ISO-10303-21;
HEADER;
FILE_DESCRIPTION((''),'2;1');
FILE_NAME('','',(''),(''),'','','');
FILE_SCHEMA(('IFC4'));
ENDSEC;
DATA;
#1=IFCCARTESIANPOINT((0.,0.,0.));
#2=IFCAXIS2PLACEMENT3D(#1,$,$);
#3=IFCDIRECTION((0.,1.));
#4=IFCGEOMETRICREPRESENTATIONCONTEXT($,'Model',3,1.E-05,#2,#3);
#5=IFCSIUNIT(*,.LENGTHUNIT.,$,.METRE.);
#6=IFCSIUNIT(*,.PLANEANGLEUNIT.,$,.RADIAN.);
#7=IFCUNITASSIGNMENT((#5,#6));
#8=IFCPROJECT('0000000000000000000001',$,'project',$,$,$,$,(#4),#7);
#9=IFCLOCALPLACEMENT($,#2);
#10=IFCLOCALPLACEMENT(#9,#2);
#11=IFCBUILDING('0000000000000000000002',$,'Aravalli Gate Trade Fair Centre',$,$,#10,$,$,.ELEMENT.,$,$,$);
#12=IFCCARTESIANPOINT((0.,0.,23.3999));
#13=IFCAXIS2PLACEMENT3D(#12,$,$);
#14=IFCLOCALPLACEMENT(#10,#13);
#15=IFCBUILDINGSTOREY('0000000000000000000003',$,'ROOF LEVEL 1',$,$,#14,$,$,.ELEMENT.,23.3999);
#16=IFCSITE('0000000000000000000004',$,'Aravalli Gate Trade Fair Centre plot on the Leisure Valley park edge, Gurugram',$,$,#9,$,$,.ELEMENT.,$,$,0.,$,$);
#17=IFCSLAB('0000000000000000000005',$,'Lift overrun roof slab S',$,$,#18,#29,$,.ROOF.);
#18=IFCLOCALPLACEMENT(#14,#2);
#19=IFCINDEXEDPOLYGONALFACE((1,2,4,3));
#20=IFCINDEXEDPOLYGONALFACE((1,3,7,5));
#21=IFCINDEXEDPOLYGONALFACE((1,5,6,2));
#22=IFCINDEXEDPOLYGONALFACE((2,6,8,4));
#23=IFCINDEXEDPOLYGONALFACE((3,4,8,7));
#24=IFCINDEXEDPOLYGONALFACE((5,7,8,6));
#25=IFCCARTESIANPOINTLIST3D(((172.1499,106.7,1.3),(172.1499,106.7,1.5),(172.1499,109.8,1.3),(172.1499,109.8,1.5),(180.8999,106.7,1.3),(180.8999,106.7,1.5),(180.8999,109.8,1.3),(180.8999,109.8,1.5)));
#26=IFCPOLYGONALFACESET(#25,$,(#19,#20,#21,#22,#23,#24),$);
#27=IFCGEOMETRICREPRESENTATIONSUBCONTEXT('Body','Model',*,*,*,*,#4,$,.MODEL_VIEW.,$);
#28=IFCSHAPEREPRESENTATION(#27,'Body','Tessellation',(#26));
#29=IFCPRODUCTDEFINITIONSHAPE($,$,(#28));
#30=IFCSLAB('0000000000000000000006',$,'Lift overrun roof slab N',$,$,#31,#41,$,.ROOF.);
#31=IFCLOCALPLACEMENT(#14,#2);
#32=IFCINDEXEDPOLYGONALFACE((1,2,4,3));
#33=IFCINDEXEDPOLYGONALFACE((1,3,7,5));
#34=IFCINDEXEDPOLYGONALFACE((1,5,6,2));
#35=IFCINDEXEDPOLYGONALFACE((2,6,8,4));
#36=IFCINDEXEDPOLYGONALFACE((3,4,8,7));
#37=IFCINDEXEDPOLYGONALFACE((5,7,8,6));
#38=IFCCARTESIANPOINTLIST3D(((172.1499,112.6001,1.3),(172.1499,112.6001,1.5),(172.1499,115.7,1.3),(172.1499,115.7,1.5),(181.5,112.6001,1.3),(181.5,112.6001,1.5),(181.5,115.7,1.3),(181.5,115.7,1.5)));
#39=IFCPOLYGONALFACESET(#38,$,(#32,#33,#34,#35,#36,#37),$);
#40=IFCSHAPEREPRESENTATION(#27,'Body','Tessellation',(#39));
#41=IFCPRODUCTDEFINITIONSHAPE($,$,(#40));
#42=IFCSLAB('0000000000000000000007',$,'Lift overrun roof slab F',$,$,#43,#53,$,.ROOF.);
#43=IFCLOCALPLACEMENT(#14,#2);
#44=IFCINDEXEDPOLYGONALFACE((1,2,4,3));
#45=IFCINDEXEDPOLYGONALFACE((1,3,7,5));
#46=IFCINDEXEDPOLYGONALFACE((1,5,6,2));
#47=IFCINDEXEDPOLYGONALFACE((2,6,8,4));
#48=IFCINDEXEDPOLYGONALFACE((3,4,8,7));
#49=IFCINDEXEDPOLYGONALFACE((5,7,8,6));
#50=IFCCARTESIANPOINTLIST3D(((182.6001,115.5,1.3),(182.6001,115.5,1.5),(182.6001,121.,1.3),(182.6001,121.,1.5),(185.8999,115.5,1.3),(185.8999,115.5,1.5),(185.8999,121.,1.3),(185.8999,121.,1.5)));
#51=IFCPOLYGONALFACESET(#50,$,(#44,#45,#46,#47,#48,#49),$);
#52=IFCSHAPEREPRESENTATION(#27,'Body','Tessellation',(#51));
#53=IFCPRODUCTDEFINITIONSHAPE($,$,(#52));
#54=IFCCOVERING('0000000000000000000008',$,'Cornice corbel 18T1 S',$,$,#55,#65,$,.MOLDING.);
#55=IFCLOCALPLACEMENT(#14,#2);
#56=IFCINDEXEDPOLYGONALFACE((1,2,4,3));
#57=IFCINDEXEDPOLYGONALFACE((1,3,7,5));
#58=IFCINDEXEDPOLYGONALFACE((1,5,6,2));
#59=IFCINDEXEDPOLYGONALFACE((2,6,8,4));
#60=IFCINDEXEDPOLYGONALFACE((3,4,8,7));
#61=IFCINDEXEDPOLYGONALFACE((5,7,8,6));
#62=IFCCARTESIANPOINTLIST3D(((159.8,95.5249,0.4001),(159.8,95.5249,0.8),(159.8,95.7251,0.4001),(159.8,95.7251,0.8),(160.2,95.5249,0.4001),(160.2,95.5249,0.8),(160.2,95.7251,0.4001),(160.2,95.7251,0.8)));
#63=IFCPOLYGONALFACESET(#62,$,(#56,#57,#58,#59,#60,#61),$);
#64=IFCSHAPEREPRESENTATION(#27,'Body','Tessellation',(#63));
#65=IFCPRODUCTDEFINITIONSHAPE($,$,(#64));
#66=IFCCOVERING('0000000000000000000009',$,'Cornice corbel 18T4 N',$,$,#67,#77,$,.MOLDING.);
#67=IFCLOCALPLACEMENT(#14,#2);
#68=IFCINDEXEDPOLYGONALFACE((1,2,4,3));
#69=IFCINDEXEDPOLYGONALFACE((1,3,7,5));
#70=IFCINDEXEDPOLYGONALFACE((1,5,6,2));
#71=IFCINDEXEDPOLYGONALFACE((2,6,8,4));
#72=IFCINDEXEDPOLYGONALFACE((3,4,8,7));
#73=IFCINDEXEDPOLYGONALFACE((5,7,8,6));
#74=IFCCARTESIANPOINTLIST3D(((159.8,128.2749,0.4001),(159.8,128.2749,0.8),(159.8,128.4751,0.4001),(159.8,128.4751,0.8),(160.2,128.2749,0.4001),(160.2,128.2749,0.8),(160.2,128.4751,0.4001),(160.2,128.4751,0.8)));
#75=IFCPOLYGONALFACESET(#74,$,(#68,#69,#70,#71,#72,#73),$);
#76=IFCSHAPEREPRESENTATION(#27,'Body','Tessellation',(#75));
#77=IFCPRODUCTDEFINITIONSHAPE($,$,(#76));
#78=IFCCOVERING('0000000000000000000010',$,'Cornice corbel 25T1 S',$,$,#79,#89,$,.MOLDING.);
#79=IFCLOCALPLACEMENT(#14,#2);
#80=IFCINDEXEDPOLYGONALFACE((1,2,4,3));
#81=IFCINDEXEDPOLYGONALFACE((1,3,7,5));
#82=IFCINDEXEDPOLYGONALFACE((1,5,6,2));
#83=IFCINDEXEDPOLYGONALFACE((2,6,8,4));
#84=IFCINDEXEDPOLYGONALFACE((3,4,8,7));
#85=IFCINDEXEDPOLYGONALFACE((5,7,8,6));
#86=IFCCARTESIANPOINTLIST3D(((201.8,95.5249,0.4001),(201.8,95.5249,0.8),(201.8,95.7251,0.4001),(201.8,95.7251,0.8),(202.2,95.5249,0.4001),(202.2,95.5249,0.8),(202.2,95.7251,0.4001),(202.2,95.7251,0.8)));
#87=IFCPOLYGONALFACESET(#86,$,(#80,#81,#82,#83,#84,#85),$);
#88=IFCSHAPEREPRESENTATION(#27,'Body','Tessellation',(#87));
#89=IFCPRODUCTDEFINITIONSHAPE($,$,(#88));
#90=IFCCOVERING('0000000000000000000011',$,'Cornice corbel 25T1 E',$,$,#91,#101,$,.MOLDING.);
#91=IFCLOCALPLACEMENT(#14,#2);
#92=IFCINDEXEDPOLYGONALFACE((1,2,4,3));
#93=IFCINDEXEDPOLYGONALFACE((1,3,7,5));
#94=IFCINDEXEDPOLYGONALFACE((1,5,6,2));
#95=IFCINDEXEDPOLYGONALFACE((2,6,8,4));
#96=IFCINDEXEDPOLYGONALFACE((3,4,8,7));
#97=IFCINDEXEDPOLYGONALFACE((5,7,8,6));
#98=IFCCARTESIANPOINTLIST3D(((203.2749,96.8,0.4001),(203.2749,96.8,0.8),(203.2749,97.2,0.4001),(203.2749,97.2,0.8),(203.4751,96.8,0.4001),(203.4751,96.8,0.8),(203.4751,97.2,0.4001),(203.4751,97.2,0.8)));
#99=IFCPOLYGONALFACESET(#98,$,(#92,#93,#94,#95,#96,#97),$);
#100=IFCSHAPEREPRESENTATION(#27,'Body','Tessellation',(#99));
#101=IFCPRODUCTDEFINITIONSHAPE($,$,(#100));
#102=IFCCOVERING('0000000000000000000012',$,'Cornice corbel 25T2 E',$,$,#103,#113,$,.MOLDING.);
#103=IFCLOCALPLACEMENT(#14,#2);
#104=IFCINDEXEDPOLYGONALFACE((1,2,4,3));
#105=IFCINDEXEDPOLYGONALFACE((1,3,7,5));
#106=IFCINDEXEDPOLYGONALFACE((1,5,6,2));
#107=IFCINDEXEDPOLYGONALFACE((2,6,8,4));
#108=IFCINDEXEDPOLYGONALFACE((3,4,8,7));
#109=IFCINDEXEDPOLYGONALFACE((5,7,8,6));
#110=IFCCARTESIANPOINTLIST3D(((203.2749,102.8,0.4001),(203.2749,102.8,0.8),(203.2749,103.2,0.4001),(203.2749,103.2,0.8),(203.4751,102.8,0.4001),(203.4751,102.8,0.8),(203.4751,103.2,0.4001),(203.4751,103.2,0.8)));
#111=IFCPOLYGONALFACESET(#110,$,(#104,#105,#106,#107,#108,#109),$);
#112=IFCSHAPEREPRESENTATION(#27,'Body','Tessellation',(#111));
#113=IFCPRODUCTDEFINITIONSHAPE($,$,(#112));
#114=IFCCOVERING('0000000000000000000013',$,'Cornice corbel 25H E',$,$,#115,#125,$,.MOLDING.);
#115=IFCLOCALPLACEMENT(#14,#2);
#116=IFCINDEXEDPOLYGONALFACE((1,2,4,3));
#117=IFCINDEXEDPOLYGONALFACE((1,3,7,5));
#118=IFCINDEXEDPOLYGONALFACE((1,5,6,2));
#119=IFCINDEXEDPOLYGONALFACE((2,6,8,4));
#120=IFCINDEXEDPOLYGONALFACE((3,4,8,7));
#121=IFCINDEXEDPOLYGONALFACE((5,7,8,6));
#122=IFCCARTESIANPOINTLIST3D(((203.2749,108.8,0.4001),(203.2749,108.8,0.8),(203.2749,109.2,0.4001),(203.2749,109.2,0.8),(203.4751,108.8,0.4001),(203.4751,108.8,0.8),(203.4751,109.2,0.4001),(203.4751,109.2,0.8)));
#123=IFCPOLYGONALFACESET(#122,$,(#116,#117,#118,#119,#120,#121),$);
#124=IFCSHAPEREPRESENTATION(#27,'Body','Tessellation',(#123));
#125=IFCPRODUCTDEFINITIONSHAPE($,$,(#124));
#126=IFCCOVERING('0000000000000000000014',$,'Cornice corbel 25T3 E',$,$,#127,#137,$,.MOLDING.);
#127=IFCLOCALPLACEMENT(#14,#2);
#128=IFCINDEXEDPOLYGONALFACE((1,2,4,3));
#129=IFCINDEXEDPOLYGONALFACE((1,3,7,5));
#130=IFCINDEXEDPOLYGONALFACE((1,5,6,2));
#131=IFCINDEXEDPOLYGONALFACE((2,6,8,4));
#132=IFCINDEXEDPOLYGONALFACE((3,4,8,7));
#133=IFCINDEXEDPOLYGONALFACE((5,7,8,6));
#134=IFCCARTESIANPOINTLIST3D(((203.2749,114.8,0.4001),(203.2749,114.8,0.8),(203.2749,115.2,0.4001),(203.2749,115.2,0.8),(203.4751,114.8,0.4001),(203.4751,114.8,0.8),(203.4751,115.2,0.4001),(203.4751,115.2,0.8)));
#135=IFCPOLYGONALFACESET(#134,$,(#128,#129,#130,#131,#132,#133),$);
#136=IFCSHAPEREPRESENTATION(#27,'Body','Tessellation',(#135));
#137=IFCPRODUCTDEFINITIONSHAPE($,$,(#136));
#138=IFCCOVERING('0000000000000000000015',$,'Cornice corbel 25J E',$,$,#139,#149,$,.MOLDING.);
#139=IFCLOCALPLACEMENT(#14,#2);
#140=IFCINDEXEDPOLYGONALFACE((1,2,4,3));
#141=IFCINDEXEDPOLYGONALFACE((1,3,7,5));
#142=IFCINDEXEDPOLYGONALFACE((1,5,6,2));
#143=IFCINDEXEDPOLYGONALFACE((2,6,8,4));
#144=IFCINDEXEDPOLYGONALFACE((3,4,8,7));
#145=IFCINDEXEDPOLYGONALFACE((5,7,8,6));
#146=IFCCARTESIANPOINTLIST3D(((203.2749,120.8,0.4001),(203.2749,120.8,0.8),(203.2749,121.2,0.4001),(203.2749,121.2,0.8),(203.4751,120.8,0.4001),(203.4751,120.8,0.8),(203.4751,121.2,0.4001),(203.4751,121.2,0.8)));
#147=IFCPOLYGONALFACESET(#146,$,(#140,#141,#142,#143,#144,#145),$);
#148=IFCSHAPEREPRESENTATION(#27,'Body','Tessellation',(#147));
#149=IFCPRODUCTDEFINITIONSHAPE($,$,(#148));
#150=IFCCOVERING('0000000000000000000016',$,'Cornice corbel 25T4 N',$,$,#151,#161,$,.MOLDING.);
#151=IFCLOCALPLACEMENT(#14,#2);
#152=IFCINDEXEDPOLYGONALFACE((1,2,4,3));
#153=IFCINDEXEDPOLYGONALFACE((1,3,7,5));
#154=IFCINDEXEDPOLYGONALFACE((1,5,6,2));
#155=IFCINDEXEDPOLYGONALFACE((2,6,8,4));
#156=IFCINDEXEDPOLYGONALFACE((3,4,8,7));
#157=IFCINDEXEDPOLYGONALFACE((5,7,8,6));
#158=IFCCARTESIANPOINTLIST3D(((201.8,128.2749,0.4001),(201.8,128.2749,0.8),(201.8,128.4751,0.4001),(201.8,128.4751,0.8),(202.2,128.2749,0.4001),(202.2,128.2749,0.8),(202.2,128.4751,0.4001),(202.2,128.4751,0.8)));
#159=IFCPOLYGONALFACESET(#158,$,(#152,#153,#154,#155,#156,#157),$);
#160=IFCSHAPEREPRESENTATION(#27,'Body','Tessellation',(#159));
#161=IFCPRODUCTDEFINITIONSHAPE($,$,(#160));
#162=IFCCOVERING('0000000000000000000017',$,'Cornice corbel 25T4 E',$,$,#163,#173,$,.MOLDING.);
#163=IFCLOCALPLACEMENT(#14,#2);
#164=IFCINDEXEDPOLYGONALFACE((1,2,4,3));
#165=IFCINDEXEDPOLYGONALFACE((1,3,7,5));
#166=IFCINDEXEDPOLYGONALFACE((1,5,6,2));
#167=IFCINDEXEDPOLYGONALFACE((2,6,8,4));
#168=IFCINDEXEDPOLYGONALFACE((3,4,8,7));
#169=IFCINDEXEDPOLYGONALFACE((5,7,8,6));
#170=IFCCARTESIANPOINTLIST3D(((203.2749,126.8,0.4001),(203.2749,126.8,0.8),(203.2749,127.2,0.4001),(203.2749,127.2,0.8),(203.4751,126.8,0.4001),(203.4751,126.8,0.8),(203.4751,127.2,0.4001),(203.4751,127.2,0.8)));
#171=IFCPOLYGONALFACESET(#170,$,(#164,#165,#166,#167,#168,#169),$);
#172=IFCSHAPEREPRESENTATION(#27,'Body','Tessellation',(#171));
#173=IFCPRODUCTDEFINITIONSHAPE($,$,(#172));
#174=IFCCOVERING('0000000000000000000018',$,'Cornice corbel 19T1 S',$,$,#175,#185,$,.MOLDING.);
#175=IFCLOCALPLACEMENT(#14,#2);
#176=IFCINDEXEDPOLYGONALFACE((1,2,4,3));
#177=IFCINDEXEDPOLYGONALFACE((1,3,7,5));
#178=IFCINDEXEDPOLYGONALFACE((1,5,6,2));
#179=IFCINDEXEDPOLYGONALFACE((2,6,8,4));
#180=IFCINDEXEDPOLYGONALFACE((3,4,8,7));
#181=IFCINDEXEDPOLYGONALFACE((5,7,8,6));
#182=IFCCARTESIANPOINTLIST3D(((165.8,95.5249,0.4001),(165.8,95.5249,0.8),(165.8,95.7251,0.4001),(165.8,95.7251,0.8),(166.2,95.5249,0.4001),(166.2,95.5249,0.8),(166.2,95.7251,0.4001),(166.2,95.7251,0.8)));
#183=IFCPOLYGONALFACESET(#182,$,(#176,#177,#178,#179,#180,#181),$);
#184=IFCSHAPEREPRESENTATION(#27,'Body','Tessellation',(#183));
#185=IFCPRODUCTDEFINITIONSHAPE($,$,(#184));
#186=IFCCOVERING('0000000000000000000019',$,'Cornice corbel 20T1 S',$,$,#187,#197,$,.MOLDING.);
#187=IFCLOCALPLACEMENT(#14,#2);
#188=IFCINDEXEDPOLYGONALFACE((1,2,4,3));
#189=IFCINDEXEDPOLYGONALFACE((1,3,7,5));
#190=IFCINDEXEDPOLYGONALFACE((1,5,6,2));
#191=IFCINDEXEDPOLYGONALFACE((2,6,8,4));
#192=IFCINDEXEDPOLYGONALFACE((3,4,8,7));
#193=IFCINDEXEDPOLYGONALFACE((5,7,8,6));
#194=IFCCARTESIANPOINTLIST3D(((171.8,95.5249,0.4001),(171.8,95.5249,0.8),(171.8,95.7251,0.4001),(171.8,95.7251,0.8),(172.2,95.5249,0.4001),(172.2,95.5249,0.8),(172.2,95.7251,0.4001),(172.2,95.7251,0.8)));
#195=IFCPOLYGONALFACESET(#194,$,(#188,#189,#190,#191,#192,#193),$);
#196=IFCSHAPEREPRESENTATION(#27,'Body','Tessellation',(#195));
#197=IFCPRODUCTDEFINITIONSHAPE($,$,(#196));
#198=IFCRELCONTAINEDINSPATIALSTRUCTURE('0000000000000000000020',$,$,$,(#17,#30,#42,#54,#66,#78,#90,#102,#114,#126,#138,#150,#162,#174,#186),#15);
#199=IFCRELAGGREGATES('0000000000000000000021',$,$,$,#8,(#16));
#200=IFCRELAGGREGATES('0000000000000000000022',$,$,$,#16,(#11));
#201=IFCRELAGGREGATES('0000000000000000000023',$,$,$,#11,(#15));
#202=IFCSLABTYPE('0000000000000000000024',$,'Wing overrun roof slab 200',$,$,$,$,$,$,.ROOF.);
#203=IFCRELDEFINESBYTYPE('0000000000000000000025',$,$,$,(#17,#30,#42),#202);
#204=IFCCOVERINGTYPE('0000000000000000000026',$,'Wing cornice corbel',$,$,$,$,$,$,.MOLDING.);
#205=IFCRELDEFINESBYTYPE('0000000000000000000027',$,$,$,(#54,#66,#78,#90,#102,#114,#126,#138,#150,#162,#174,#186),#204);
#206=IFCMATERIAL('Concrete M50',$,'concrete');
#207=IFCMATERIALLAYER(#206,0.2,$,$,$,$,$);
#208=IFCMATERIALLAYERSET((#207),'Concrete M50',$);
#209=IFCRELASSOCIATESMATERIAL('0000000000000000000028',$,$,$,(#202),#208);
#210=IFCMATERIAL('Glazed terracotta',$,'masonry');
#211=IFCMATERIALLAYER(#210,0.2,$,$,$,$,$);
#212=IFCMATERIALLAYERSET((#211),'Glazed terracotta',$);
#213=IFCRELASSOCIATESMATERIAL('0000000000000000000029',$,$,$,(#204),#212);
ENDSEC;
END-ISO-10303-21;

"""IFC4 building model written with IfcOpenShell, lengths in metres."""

from ifc_helpers import new_model, si_unit, direction, frame, origin, place, context, subcontext, project, spatial, polyline, outline, extrude, material, layer, layer_set, type_object, element, save


model = new_model("IFC4")

# Units and contexts
model_context = context("Model", 3, precision=1e-05, world=origin(), true_north=direction((0.0, 1.0)))
body_context = subcontext(model_context, "Body", "Model", "MODEL_VIEW")
ifc_project = project(units=[si_unit("LENGTHUNIT", "METRE"), si_unit("PLANEANGLEUNIT", "RADIAN")], contexts=[model_context])

# Site, building, storey
site_placement = place(None, origin())
site = spatial("IfcSite", under=ifc_project, at=site_placement, Name="Aravalli Gate Trade Fair Centre plot on the Leisure Valley park edge, Gurugram", CompositionType="ELEMENT", RefElevation=0.0)
building_placement = place(site_placement, origin())
building = spatial("IfcBuilding", under=site, at=building_placement, Name="Aravalli Gate Trade Fair Centre", CompositionType="ELEMENT")
storey_placement = place(building_placement, frame((0.0, 0.0, 23.3999)))
storey = spatial("IfcBuildingStorey", under=building, at=storey_placement, Name="ROOF LEVEL 1", CompositionType="ELEMENT", Elevation=23.3999)

# Slabs
ifc_material_1 = material(Name="Concrete M50", Category="concrete")
ifc_layer_1 = layer(ifc_material_1, 0.2)
ifc_layer_set_1 = layer_set([ifc_layer_1], Name="Concrete M50")
slab_type = type_object("IfcSlabType", Name="Wing overrun roof slab 200", PredefinedType="ROOF", material=ifc_layer_set_1)
slab_1_placement = place(storey_placement, frame((0.0, 0.0, 1.3)))
element("IfcSlab", 1, at=slab_1_placement, inside=storey, type_object=slab_type, Name="Lift overrun roof slab S", PredefinedType="ROOF", context=body_context, shape_type="SweptSolid", body=[
    extrude(outline(polyline([(172.1499, 106.7), (180.8999, 106.7), (180.8999, 109.8), (172.1499, 109.8), (172.1499, 106.7)])), origin(), (0.0, 0.0, 1.0), 0.2),
])
slab_2_placement = place(storey_placement, frame((0.0, 0.0, 1.3)))
element("IfcSlab", 2, at=slab_2_placement, inside=storey, type_object=slab_type, Name="Lift overrun roof slab N", PredefinedType="ROOF", context=body_context, shape_type="SweptSolid", body=[
    extrude(outline(polyline([(172.1499, 112.6001), (181.5, 112.6001), (181.5, 115.7), (172.1499, 115.7), (172.1499, 112.6001)])), origin(), (0.0, 0.0, 1.0), 0.2),
])
slab_3_placement = place(storey_placement, frame((0.0, 0.0, 1.3)))
element("IfcSlab", 3, at=slab_3_placement, inside=storey, type_object=slab_type, Name="Lift overrun roof slab F", PredefinedType="ROOF", context=body_context, shape_type="SweptSolid", body=[
    extrude(outline(polyline([(182.6001, 115.5), (185.8999, 115.5), (185.8999, 121.0), (182.6001, 121.0), (182.6001, 115.5)])), origin(), (0.0, 0.0, 1.0), 0.2),
])

# Coverings
ifc_material_2 = material(Name="Glazed terracotta", Category="masonry")
ifc_layer_2 = layer(ifc_material_2, 0.2)
ifc_layer_set_2 = layer_set([ifc_layer_2], Name="Glazed terracotta")
covering_type_1 = type_object("IfcCoveringType", Name="Wing cornice corbel", PredefinedType="MOLDING", material=ifc_layer_set_2)
covering_1_placement = place(storey_placement, frame((0.0, 0.0, 0.4001)))
element("IfcCovering", 4, at=covering_1_placement, inside=storey, type_object=covering_type_1, Name="Cornice corbel 18T1 S", PredefinedType="MOLDING", context=body_context, shape_type="SweptSolid", body=[
    extrude(outline(polyline([(159.8, 95.5249), (160.2, 95.5249), (160.2, 95.7251), (159.8, 95.7251), (159.8, 95.5249)])), origin(), (0.0, 0.0, 1.0), 0.3999),
])
covering_2_placement = place(storey_placement, frame((0.0, 0.0, 0.4001)))
element("IfcCovering", 5, at=covering_2_placement, inside=storey, type_object=covering_type_1, Name="Cornice corbel 18T4 N", PredefinedType="MOLDING", context=body_context, shape_type="SweptSolid", body=[
    extrude(outline(polyline([(159.8, 128.2749), (160.2, 128.2749), (160.2, 128.4751), (159.8, 128.4751), (159.8, 128.2749)])), origin(), (0.0, 0.0, 1.0), 0.3999),
])
covering_3_placement = place(storey_placement, frame((0.0, 0.0, 0.4001)))
element("IfcCovering", 6, at=covering_3_placement, inside=storey, type_object=covering_type_1, Name="Cornice corbel 25T1 S", PredefinedType="MOLDING", context=body_context, shape_type="SweptSolid", body=[
    extrude(outline(polyline([(201.8, 95.5249), (202.2, 95.5249), (202.2, 95.7251), (201.8, 95.7251), (201.8, 95.5249)])), origin(), (0.0, 0.0, 1.0), 0.3999),
])
covering_4_placement = place(storey_placement, frame((0.0, 0.0, 0.4001)))
element("IfcCovering", 7, at=covering_4_placement, inside=storey, type_object=covering_type_1, Name="Cornice corbel 25T1 E", PredefinedType="MOLDING", context=body_context, shape_type="SweptSolid", body=[
    extrude(outline(polyline([(203.2749, 96.8), (203.4751, 96.8), (203.4751, 97.2), (203.2749, 97.2), (203.2749, 96.8)])), origin(), (0.0, 0.0, 1.0), 0.3999),
])
covering_5_placement = place(storey_placement, frame((0.0, 0.0, 0.4001)))
element("IfcCovering", 8, at=covering_5_placement, inside=storey, type_object=covering_type_1, Name="Cornice corbel 25T2 E", PredefinedType="MOLDING", context=body_context, shape_type="SweptSolid", body=[
    extrude(outline(polyline([(203.2749, 102.8), (203.4751, 102.8), (203.4751, 103.2), (203.2749, 103.2), (203.2749, 102.8)])), origin(), (0.0, 0.0, 1.0), 0.3999),
])
covering_6_placement = place(storey_placement, frame((0.0, 0.0, 0.4001)))
element("IfcCovering", 9, at=covering_6_placement, inside=storey, type_object=covering_type_1, Name="Cornice corbel 25H E", PredefinedType="MOLDING", context=body_context, shape_type="SweptSolid", body=[
    extrude(outline(polyline([(203.2749, 108.8), (203.4751, 108.8), (203.4751, 109.2), (203.2749, 109.2), (203.2749, 108.8)])), origin(), (0.0, 0.0, 1.0), 0.3999),
])
covering_7_placement = place(storey_placement, frame((0.0, 0.0, 0.4001)))
element("IfcCovering", 10, at=covering_7_placement, inside=storey, type_object=covering_type_1, Name="Cornice corbel 25T3 E", PredefinedType="MOLDING", context=body_context, shape_type="SweptSolid", body=[
    extrude(outline(polyline([(203.2749, 114.8), (203.4751, 114.8), (203.4751, 115.2), (203.2749, 115.2), (203.2749, 114.8)])), origin(), (0.0, 0.0, 1.0), 0.3999),
])
covering_8_placement = place(storey_placement, frame((0.0, 0.0, 0.4001)))
element("IfcCovering", 11, at=covering_8_placement, inside=storey, type_object=covering_type_1, Name="Cornice corbel 25J E", PredefinedType="MOLDING", context=body_context, shape_type="SweptSolid", body=[
    extrude(outline(polyline([(203.2749, 120.8), (203.4751, 120.8), (203.4751, 121.2), (203.2749, 121.2), (203.2749, 120.8)])), origin(), (0.0, 0.0, 1.0), 0.3999),
])
covering_9_placement = place(storey_placement, frame((0.0, 0.0, 0.4001)))
element("IfcCovering", 12, at=covering_9_placement, inside=storey, type_object=covering_type_1, Name="Cornice corbel 25T4 N", PredefinedType="MOLDING", context=body_context, shape_type="SweptSolid", body=[
    extrude(outline(polyline([(201.8, 128.2749), (202.2, 128.2749), (202.2, 128.4751), (201.8, 128.4751), (201.8, 128.2749)])), origin(), (0.0, 0.0, 1.0), 0.3999),
])
covering_10_placement = place(storey_placement, frame((0.0, 0.0, 0.4001)))
element("IfcCovering", 13, at=covering_10_placement, inside=storey, type_object=covering_type_1, Name="Cornice corbel 25T4 E", PredefinedType="MOLDING", context=body_context, shape_type="SweptSolid", body=[
    extrude(outline(polyline([(203.2749, 126.8), (203.4751, 126.8), (203.4751, 127.2), (203.2749, 127.2), (203.2749, 126.8)])), origin(), (0.0, 0.0, 1.0), 0.3999),
])
covering_11_placement = place(storey_placement, frame((0.0, 0.0, 0.4001)))
element("IfcCovering", 14, at=covering_11_placement, inside=storey, type_object=covering_type_1, Name="Cornice corbel 19T1 S", PredefinedType="MOLDING", context=body_context, shape_type="SweptSolid", body=[
    extrude(outline(polyline([(165.8, 95.5249), (166.2, 95.5249), (166.2, 95.7251), (165.8, 95.7251), (165.8, 95.5249)])), origin(), (0.0, 0.0, 1.0), 0.3999),
])
covering_12_placement = place(storey_placement, frame((0.0, 0.0, 0.4001)))
element("IfcCovering", 15, at=covering_12_placement, inside=storey, type_object=covering_type_1, Name="Cornice corbel 20T1 S", PredefinedType="MOLDING", context=body_context, shape_type="SweptSolid", body=[
    extrude(outline(polyline([(171.8, 95.5249), (172.2, 95.5249), (172.2, 95.7251), (171.8, 95.7251), (171.8, 95.5249)])), origin(), (0.0, 0.0, 1.0), 0.3999),
])

save(model, "model.ifc")
